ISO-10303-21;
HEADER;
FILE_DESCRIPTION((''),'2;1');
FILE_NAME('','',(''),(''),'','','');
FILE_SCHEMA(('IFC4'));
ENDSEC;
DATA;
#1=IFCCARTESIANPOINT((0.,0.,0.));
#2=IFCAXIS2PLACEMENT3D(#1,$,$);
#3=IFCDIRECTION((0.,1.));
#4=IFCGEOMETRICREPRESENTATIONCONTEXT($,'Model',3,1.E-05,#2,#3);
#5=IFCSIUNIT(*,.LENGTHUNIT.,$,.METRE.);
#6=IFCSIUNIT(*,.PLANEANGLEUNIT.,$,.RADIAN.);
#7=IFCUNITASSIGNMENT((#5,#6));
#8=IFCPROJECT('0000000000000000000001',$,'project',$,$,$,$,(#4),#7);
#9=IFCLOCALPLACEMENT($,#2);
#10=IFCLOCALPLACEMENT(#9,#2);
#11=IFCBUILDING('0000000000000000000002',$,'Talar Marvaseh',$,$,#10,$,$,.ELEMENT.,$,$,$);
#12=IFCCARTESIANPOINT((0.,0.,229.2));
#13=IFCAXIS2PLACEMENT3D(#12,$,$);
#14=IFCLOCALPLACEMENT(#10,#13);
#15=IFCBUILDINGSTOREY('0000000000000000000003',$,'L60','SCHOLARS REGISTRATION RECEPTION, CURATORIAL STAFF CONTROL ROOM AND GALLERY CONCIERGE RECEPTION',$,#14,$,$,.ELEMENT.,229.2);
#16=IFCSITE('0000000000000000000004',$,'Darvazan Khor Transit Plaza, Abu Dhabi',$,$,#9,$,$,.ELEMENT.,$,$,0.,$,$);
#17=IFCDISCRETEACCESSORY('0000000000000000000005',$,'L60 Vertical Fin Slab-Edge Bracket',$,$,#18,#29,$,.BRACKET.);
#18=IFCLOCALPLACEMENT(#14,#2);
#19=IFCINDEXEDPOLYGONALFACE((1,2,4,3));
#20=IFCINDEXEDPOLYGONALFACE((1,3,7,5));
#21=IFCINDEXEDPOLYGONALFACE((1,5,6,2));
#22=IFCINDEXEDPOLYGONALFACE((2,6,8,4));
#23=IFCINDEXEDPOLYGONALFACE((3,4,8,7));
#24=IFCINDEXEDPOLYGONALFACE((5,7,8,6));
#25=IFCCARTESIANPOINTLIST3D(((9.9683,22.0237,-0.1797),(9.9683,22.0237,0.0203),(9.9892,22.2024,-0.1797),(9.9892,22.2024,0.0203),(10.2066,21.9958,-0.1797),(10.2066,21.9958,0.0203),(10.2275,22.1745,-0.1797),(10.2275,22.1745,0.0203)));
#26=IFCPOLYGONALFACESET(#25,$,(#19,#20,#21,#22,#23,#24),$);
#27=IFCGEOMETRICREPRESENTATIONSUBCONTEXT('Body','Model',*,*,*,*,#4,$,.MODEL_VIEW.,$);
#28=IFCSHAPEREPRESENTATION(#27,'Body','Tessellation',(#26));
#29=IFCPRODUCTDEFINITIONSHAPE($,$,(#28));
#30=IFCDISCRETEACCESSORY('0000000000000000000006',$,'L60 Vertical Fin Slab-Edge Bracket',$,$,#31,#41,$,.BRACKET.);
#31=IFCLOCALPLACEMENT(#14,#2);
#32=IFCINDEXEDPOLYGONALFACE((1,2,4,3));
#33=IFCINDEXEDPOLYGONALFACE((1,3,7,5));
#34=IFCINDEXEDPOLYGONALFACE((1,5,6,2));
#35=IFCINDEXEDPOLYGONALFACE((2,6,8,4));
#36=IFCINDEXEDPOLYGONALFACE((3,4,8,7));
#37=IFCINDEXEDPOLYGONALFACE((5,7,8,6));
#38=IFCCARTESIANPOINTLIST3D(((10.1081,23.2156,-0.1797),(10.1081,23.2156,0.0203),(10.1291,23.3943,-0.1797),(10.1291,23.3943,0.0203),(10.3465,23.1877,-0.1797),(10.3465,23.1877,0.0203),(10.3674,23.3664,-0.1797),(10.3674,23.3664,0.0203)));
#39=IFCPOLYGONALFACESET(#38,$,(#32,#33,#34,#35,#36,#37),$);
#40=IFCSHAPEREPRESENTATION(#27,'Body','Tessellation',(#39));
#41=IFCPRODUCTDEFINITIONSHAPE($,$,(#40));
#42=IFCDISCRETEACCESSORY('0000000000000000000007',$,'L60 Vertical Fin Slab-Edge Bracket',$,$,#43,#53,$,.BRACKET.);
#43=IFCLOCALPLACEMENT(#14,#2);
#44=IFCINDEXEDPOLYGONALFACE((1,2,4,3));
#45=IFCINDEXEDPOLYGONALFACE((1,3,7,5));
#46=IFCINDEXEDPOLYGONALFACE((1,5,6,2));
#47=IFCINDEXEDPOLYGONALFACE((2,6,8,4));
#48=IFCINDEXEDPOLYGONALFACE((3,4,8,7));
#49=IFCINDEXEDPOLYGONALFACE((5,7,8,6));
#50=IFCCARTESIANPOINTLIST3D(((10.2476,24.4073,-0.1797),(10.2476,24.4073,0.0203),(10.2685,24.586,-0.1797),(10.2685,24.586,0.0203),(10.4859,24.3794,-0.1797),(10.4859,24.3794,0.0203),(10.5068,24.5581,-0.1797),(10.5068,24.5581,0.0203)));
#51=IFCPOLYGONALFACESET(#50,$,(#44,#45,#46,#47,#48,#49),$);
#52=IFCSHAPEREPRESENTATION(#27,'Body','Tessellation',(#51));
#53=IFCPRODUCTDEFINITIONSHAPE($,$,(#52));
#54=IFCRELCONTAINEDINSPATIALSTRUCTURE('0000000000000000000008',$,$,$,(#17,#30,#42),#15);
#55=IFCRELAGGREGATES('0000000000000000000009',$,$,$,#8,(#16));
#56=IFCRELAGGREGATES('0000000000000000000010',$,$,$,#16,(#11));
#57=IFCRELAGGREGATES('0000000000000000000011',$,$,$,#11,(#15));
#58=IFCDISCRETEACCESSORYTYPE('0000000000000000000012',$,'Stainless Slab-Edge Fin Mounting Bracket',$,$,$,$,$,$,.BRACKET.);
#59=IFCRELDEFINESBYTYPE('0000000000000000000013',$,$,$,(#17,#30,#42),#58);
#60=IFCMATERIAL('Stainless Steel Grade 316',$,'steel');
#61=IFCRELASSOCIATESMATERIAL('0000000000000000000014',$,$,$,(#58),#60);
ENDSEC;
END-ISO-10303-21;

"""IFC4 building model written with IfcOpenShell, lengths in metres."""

from ifc_helpers import new_model, si_unit, direction, frame, origin, origin_2d, place, context, subcontext, project, spatial, rectangle, extrude, source, transform, mapped, material, type_object, type_shapes, element, save


model = new_model("IFC4")

# Units and contexts
model_context = context("Model", 3, precision=1e-05, world=origin(), true_north=direction((0.0, 1.0)))
body_context = subcontext(model_context, "Body", "Model", "MODEL_VIEW")
ifc_project = project(units=[si_unit("LENGTHUNIT", "METRE"), si_unit("PLANEANGLEUNIT", "RADIAN")], contexts=[model_context])

# Site, building, storey
site_placement = place(None, origin())
site = spatial("IfcSite", under=ifc_project, at=site_placement, Name="Darvazan Khor Transit Plaza, Abu Dhabi", CompositionType="ELEMENT", RefElevation=0.0)
building_placement = place(site_placement, origin())
building = spatial("IfcBuilding", under=site, at=building_placement, Name="Talar Marvaseh", CompositionType="ELEMENT")
storey_placement = place(building_placement, frame((0.0, 0.0, 229.2)))
storey = spatial("IfcBuildingStorey", under=building, at=storey_placement, Name="L60", Description="SCHOLARS REGISTRATION RECEPTION, CURATORIAL STAFF CONTROL ROOM AND GALLERY CONCIERGE RECEPTION", CompositionType="ELEMENT", Elevation=229.2)

# Discrete accessories
ifc_material_1 = material(Name="Stainless Steel Grade 316", Category="steel")
discrete_accessory_type = type_object("IfcDiscreteAccessoryType", Name="Stainless Slab-Edge Fin Mounting Bracket", PredefinedType="BRACKET", material=ifc_material_1)
shared_shape_1 = source(origin(), body_context, "Body", "SweptSolid", [
    extrude(rectangle(XDim=0.24, YDim=0.1799, at=origin_2d()), origin(), (0.0, 0.0, 1.0), 0.2),
])
type_shapes(discrete_accessory_type, [shared_shape_1])
for number, where, z_axis, x_axis, name in (
    (1, (10.0979, 22.0991, -0.1797), (0.0, 0.0, 1.0), (-0.993211, 0.116324, 0.0), "L60 Vertical Fin Slab-Edge Bracket"),
    (2, (10.2378, 23.291, -0.1797), (0.0, 0.0, 1.0), (-0.993211, 0.116324, 0.0), "L60 Vertical Fin Slab-Edge Bracket"),
    (3, (10.3772, 24.4827, -0.1797), (0.0, 0.0, 1.0), (-0.993211, 0.116324, 0.0), "L60 Vertical Fin Slab-Edge Bracket"),
):
    element("IfcDiscreteAccessory", number, at=place(storey_placement, frame(where, z_axis=z_axis, x_axis=x_axis)), inside=storey, type_object=discrete_accessory_type, Name=name, PredefinedType="BRACKET", context=body_context, shape_type="MappedRepresentation", body=[
        mapped(shared_shape_1, transform((0.0, 0.0, 0.0), x_axis=(1.0, 0.0, 0.0), y_axis=(0.0, 1.0, 0.0), z_axis=(0.0, 0.0, 1.0), scale=1.0)),
    ])

save(model, "model.ifc")
